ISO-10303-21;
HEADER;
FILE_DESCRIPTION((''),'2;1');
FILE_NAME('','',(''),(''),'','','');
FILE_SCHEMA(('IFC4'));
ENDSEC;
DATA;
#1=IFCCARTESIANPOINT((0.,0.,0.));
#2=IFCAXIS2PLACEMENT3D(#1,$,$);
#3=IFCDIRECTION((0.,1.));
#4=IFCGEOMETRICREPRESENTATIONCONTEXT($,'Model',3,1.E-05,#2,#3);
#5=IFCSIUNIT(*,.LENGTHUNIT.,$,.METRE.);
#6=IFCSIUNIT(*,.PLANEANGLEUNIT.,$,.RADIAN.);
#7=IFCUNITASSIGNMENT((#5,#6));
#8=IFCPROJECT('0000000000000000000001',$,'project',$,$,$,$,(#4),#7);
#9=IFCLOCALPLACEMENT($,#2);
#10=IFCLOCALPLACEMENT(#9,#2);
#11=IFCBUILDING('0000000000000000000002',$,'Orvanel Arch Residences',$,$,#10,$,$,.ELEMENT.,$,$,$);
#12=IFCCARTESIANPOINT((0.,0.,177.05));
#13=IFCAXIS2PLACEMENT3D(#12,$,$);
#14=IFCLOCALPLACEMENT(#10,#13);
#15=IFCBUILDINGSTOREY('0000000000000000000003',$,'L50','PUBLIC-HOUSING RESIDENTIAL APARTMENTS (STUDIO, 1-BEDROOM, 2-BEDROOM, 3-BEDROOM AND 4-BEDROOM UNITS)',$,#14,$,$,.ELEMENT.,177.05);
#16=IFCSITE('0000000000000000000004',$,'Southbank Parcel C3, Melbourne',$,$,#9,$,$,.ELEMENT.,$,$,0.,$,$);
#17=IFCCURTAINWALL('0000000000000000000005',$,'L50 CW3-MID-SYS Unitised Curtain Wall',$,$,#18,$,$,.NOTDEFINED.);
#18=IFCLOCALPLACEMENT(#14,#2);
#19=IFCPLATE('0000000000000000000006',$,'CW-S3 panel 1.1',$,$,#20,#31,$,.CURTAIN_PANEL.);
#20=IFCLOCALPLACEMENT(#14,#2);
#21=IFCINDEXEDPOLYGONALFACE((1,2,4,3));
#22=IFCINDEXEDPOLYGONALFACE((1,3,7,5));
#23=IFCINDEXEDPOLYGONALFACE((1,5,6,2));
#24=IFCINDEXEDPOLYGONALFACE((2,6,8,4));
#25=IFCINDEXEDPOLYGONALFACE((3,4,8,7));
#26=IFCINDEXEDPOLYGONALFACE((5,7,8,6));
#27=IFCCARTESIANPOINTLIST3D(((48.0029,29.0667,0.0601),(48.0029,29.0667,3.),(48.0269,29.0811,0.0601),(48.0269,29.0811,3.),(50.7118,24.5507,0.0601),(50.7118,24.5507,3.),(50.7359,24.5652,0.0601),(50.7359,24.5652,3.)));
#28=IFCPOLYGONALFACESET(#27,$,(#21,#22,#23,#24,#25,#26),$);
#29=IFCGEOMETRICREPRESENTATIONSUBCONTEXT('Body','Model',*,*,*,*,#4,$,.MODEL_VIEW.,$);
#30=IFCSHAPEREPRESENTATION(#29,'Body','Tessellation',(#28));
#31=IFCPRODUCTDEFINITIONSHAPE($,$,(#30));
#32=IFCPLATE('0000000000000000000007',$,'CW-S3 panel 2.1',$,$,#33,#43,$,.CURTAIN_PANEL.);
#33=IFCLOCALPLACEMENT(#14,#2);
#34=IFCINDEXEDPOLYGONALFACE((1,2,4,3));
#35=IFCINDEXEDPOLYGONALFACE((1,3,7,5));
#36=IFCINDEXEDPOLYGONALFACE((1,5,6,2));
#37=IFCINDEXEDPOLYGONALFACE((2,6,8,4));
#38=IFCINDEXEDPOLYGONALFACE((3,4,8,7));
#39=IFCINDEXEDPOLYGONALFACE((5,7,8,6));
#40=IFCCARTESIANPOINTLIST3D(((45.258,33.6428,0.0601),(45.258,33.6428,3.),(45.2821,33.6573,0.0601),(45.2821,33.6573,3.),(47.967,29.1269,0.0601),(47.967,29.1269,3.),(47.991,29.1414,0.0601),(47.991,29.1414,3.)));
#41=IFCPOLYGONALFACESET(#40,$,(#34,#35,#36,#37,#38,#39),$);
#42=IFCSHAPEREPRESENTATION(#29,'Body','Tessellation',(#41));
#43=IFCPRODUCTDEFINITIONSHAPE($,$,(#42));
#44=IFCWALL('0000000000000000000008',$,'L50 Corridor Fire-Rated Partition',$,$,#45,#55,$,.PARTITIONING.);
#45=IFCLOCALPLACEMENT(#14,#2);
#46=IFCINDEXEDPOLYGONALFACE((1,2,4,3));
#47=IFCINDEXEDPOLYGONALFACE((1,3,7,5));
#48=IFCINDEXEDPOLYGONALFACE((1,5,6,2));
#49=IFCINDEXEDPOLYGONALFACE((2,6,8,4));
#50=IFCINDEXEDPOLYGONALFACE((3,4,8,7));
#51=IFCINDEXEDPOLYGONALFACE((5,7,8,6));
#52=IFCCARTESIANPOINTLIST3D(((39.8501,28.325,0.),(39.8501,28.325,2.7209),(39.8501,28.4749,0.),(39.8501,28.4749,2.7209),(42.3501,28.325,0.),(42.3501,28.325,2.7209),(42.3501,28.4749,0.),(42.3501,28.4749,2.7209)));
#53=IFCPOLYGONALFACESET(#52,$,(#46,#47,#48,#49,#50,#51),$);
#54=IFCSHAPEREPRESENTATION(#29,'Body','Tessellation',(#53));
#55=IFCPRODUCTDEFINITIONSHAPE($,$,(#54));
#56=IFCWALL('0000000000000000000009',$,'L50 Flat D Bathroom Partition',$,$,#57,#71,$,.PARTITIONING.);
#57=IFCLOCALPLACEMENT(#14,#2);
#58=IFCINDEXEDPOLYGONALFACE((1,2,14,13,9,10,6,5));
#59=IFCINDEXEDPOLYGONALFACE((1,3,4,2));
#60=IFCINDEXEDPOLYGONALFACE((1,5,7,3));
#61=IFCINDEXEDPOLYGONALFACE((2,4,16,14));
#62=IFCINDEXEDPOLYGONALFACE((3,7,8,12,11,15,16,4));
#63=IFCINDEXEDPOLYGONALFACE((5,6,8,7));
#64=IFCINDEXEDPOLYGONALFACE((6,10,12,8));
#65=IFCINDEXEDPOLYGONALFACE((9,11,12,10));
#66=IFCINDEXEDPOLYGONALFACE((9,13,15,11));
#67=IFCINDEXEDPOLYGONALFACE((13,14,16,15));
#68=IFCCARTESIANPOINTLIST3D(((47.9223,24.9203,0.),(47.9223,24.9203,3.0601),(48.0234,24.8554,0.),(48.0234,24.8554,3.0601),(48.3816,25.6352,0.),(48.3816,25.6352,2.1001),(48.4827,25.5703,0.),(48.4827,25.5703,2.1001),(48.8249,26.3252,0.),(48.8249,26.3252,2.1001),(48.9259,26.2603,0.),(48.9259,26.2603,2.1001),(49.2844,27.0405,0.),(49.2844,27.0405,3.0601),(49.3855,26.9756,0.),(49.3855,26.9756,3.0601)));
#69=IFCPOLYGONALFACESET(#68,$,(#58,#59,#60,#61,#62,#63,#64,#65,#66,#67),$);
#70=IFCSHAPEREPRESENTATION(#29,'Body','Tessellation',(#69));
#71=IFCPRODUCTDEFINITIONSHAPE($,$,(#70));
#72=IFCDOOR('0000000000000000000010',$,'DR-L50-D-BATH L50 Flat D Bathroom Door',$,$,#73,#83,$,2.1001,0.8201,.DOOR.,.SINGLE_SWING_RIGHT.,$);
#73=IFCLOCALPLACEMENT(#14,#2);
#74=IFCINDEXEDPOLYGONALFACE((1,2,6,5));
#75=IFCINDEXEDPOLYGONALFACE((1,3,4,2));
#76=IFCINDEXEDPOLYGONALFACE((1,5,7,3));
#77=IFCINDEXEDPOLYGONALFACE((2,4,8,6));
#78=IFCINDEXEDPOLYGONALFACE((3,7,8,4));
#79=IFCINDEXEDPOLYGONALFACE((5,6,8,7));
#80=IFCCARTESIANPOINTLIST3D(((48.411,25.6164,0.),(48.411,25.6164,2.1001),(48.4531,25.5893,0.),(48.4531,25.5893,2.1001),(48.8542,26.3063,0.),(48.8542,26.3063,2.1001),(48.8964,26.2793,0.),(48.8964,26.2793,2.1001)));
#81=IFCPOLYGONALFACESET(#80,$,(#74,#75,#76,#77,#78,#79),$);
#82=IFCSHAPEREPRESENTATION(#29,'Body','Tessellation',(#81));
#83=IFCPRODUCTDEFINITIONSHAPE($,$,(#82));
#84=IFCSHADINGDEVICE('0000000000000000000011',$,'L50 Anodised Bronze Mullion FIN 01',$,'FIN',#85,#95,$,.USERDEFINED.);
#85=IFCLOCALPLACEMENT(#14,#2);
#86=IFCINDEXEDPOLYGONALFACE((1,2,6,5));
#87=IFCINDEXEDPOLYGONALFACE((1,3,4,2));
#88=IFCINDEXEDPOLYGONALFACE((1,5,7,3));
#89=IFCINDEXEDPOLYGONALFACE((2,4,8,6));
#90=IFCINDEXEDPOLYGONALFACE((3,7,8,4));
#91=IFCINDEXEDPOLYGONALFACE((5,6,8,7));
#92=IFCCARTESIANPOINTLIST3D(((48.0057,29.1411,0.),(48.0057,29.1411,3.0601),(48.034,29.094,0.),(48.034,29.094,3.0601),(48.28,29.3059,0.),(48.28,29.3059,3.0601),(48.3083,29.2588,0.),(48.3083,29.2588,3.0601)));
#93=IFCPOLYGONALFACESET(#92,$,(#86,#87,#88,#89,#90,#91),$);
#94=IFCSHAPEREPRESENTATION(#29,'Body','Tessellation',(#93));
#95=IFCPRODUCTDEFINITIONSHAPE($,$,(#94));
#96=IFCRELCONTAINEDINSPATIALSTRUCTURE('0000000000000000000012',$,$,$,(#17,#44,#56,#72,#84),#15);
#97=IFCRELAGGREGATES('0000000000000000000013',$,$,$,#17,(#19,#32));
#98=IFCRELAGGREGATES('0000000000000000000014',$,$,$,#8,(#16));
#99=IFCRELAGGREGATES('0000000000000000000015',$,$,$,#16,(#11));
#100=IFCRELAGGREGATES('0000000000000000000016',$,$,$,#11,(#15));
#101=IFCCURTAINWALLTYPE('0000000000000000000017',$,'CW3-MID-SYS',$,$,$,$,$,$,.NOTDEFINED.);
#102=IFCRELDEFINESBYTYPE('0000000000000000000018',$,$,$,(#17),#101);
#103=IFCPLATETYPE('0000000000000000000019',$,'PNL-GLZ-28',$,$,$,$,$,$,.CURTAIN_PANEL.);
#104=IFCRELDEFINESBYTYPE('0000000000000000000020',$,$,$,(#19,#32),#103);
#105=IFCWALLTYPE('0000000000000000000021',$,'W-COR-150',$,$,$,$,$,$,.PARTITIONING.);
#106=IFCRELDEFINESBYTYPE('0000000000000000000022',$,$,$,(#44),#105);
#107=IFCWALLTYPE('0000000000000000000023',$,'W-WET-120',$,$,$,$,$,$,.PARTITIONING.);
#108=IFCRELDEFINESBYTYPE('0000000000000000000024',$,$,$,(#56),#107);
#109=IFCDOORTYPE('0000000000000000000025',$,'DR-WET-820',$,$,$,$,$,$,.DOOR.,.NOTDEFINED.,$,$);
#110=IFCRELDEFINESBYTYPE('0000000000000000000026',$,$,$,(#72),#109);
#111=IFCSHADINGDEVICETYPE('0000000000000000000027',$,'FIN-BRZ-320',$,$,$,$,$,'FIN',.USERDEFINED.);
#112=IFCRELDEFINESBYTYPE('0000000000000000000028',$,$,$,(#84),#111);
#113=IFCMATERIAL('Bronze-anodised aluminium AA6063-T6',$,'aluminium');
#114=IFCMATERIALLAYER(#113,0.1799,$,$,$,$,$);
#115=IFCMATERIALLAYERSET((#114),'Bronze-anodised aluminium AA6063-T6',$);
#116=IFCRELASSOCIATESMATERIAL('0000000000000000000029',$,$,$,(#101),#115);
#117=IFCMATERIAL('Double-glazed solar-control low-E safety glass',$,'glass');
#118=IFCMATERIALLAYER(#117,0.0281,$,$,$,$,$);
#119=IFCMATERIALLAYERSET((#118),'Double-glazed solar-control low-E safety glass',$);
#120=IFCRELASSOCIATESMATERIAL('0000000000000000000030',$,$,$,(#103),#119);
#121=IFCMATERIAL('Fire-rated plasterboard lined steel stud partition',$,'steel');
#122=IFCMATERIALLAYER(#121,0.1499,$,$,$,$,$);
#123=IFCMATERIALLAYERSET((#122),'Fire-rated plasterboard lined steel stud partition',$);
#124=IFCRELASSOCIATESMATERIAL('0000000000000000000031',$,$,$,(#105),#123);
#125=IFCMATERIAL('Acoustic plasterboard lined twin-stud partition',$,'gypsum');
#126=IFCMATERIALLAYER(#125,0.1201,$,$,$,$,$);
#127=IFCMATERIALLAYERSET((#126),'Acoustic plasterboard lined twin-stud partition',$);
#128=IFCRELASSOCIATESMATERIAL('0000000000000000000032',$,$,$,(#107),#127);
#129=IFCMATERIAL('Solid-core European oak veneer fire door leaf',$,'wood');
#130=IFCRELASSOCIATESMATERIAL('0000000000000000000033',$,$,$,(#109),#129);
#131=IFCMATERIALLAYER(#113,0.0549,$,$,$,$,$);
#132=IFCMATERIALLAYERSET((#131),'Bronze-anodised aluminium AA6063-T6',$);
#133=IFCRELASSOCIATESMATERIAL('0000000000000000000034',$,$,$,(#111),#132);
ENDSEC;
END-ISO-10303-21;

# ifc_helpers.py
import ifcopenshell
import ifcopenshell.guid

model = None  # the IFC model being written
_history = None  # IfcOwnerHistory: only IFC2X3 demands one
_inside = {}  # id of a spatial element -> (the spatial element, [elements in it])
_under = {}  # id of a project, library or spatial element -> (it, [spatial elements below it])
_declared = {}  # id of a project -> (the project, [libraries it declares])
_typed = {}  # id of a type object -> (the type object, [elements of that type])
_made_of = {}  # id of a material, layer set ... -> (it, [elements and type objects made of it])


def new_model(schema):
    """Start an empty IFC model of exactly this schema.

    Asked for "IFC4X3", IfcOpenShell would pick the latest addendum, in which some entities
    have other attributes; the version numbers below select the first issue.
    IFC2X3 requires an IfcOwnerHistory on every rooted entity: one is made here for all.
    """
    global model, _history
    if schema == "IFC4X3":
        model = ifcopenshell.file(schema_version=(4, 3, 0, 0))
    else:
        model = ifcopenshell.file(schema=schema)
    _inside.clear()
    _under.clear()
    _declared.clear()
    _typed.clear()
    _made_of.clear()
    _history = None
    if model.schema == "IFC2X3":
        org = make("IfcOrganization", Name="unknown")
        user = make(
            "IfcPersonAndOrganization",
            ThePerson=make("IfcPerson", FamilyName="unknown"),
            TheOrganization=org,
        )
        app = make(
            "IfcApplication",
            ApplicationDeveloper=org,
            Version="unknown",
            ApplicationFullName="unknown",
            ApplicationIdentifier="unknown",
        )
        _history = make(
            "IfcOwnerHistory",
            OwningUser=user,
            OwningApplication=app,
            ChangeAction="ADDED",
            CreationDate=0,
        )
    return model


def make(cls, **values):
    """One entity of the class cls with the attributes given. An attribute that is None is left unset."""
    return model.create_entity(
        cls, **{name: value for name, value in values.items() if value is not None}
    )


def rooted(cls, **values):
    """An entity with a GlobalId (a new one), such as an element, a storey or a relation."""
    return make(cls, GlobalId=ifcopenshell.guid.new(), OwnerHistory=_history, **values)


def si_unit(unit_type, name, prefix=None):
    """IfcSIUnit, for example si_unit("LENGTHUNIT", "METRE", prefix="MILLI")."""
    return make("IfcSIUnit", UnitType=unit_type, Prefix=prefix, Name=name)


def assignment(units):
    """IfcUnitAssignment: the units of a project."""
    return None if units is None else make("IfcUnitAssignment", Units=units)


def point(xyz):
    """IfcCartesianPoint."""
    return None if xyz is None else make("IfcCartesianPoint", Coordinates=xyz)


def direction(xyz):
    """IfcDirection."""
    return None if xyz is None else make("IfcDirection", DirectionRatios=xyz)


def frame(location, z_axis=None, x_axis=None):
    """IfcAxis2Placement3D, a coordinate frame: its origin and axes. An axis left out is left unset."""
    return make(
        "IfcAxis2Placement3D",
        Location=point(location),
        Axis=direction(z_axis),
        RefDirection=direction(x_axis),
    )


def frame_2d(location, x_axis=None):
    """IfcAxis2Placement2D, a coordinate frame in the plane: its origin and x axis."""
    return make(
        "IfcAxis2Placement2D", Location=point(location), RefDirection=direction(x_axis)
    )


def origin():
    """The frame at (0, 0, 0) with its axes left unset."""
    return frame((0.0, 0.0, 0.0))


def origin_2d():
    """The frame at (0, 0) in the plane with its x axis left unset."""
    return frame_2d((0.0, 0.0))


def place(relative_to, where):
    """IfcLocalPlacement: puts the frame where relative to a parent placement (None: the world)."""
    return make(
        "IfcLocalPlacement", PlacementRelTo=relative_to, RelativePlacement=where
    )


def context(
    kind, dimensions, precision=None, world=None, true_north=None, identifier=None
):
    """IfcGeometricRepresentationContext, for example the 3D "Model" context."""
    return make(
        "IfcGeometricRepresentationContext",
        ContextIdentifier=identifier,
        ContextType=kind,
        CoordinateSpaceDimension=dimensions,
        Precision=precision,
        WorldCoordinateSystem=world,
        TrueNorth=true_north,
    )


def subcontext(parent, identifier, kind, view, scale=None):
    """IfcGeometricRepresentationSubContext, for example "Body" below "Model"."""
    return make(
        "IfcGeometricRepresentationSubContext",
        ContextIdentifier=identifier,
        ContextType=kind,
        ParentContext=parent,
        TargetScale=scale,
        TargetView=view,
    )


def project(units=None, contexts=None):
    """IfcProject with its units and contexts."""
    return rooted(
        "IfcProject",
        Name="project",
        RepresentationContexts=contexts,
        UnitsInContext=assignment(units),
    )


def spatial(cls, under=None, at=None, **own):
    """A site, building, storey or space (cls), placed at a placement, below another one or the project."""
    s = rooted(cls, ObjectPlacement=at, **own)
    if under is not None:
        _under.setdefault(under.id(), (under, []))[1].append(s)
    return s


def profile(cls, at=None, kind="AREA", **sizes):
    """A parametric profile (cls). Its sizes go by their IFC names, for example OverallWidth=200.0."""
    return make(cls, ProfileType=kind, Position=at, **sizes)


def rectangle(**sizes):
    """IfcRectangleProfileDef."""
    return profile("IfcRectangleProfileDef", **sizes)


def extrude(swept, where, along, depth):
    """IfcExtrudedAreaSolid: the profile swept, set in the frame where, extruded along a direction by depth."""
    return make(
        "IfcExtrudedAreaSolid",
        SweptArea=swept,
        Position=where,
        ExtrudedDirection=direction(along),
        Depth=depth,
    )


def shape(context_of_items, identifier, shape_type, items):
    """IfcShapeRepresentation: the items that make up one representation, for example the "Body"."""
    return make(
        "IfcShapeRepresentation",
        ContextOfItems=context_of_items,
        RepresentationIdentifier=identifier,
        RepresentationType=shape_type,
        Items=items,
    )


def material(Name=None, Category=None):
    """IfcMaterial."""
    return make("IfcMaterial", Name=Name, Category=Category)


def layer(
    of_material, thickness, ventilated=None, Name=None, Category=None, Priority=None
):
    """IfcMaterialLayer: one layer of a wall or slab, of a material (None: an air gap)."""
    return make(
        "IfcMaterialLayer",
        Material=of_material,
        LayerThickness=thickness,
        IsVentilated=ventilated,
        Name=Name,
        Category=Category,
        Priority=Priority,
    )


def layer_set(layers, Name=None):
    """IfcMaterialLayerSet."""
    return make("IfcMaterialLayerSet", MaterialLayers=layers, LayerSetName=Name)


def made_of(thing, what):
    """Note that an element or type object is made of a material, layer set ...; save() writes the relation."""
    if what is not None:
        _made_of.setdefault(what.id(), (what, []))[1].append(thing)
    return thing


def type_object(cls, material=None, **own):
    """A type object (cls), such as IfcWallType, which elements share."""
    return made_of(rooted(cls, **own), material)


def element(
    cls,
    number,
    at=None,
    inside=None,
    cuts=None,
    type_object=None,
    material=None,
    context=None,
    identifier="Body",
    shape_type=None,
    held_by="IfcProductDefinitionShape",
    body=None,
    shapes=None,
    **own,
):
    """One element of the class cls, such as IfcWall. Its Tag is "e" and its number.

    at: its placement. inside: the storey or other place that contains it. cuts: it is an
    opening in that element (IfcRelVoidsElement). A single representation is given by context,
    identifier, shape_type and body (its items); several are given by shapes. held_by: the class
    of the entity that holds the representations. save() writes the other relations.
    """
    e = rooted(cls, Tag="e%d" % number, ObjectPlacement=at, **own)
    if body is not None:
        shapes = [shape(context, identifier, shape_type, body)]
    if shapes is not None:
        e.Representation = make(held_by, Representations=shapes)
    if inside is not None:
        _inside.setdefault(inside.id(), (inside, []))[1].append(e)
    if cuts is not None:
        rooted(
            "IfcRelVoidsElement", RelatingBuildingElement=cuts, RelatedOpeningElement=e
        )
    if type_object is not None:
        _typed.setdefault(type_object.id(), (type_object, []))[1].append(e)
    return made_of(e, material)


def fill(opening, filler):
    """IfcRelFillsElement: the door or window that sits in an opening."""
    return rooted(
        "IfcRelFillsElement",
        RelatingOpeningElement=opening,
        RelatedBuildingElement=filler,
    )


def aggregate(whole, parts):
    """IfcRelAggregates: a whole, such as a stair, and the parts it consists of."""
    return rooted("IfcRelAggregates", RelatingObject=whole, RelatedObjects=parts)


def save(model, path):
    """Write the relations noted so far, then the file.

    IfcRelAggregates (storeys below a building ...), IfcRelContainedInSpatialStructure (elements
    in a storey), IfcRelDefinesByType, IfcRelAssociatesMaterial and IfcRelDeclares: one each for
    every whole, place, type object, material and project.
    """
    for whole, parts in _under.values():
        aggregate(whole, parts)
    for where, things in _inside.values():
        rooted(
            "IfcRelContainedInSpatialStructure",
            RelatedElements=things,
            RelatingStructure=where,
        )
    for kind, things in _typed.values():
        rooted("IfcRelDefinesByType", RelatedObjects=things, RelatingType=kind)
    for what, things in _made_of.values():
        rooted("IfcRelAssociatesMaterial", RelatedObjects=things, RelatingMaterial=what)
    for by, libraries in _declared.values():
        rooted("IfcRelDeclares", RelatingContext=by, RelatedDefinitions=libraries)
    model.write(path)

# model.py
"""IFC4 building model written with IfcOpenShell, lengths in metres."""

from ifc_helpers import new_model, si_unit, direction, frame, frame_2d, origin, origin_2d, place, context, subcontext, project, spatial, rectangle, extrude, material, layer, layer_set, type_object, element, fill, aggregate, save


model = new_model("IFC4")

# Units and contexts
model_context = context("Model", 3, precision=1e-05, world=origin(), true_north=direction((0.0, 1.0)))
body_context = subcontext(model_context, "Body", "Model", "MODEL_VIEW")
ifc_project = project(units=[si_unit("LENGTHUNIT", "METRE"), si_unit("PLANEANGLEUNIT", "RADIAN")], contexts=[model_context])

# Site, building, storey
site_placement = place(None, origin())
site = spatial("IfcSite", under=ifc_project, at=site_placement, Name="Southbank Parcel C3, Melbourne", CompositionType="ELEMENT", RefElevation=0.0)
building_placement = place(site_placement, origin())
building = spatial("IfcBuilding", under=site, at=building_placement, Name="Orvanel Arch Residences", CompositionType="ELEMENT")
storey_placement = place(building_placement, frame((0.0, 0.0, 177.05)))
storey = spatial("IfcBuildingStorey", under=building, at=storey_placement, Name="L50", Description="PUBLIC-HOUSING RESIDENTIAL APARTMENTS (STUDIO, 1-BEDROOM, 2-BEDROOM, 3-BEDROOM AND 4-BEDROOM UNITS)", CompositionType="ELEMENT", Elevation=177.05)

# Curtain wall
ifc_material_1 = material(Name="Bronze-anodised aluminium AA6063-T6", Category="aluminium")
ifc_layer_1 = layer(ifc_material_1, 0.1799)
ifc_layer_set_1 = layer_set([ifc_layer_1], Name="Bronze-anodised aluminium AA6063-T6")
curtain_wall_type = type_object("IfcCurtainWallType", Name="CW3-MID-SYS", PredefinedType="NOTDEFINED", material=ifc_layer_set_1)
curtain_wall_placement = place(storey_placement, origin())
curtain_wall = element("IfcCurtainWall", 1, at=curtain_wall_placement, inside=storey, type_object=curtain_wall_type, Name="L50 CW3-MID-SYS Unitised Curtain Wall", PredefinedType="NOTDEFINED")

# Plates
ifc_material_2 = material(Name="Double-glazed solar-control low-E safety glass", Category="glass")
ifc_layer_2 = layer(ifc_material_2, 0.0281)
ifc_layer_set_2 = layer_set([ifc_layer_2], Name="Double-glazed solar-control low-E safety glass")
plate_type_1 = type_object("IfcPlateType", Name="PNL-GLZ-28", PredefinedType="CURTAIN_PANEL", material=ifc_layer_set_2)
plate_1_placement = place(storey_placement, frame((49.3694, 26.8159, 0.0601), z_axis=(0.0, 0.0, 1.0), x_axis=(-0.514414, 0.857542, 0.0)))
plate_1 = element("IfcPlate", 2, at=plate_1_placement, type_object=plate_type_1, Name="CW-S3 panel 1.1", PredefinedType="CURTAIN_PANEL", context=body_context, shape_type="SweptSolid", body=[
    extrude(rectangle(XDim=5.2661, YDim=0.0281, at=origin_2d()), origin(), (0.0, 0.0, 1.0), 2.9399),
])
plate_2_placement = place(storey_placement, frame((46.6245, 31.3921, 0.0601), z_axis=(0.0, 0.0, 1.0), x_axis=(-0.514414, 0.857542, 0.0)))
plate_2 = element("IfcPlate", 3, at=plate_2_placement, type_object=plate_type_1, Name="CW-S3 panel 2.1", PredefinedType="CURTAIN_PANEL", context=body_context, shape_type="SweptSolid", body=[
    extrude(rectangle(XDim=5.2661, YDim=0.0281, at=origin_2d()), origin(), (0.0, 0.0, 1.0), 2.9399),
])
aggregate(curtain_wall, [plate_1, plate_2])

# Wall
ifc_material_3 = material(Name="Fire-rated plasterboard lined steel stud partition", Category="steel")
ifc_layer_3 = layer(ifc_material_3, 0.1499)
ifc_layer_set_3 = layer_set([ifc_layer_3], Name="Fire-rated plasterboard lined steel stud partition")
wall_type_1 = type_object("IfcWallType", Name="W-COR-150", PredefinedType="PARTITIONING", material=ifc_layer_set_3)
wall_1_placement = place(storey_placement, frame((39.8501, 28.3999, 0.0), z_axis=(0.0, 0.0, 1.0), x_axis=(1.0, 0.0, 0.0)))
element("IfcWall", 4, at=wall_1_placement, inside=storey, type_object=wall_type_1, Name="L50 Corridor Fire-Rated Partition", PredefinedType="PARTITIONING", context=body_context, shape_type="SweptSolid", body=[
    extrude(rectangle(XDim=2.5, YDim=0.1499, at=frame_2d((1.25, 0.0))), origin(), (0.0, 0.0, 1.0), 2.7209),
])

# Wall, opening, door
ifc_material_4 = material(Name="Solid-core European oak veneer fire door leaf", Category="wood")
ifc_material_5 = material(Name="Acoustic plasterboard lined twin-stud partition", Category="gypsum")
ifc_layer_4 = layer(ifc_material_5, 0.1201)
ifc_layer_set_4 = layer_set([ifc_layer_4], Name="Acoustic plasterboard lined twin-stud partition")
wall_type_2 = type_object("IfcWallType", Name="W-WET-120", PredefinedType="PARTITIONING", material=ifc_layer_set_4)
wall_2_placement = place(storey_placement, frame((49.335, 27.0081, 0.0), z_axis=(0.0, 0.0, 1.0), x_axis=(-0.540513, -0.841336, 0.0)))
wall_2 = element("IfcWall", 5, at=wall_2_placement, inside=storey, type_object=wall_type_2, Name="L50 Flat D Bathroom Partition", PredefinedType="PARTITIONING", context=body_context, shape_type="SweptSolid", body=[
    extrude(rectangle(XDim=2.52, YDim=0.1201, at=frame_2d((1.26, 0.0))), origin(), (0.0, 0.0, 1.0), 3.0601),
])
opening_1_placement = place(wall_2_placement, frame((0.8501, 0.0, 0.0)))
opening_1 = element("IfcOpeningElement", 6, at=opening_1_placement, cuts=wall_2, PredefinedType="OPENING", context=body_context, shape_type="SweptSolid", body=[
    extrude(rectangle(XDim=0.8201, YDim=2.1001, at=frame_2d((0.4102, 1.05))), frame((0.0, 0.0701, 0.0), z_axis=(0.0, -1.0, 0.0), x_axis=(1.0, 0.0, 0.0)), (0.0, 0.0, 1.0), 0.1401),
])
door_type_1 = type_object("IfcDoorType", Name="DR-WET-820", OperationType="NOTDEFINED", PredefinedType="DOOR", material=ifc_material_4)
door_1_placement = place(opening_1_placement, origin())
door_1 = element("IfcDoor", 7, at=door_1_placement, inside=storey, type_object=door_type_1, Name="DR-L50-D-BATH L50 Flat D Bathroom Door", OperationType="SINGLE_SWING_RIGHT", OverallHeight=2.1001, OverallWidth=0.8201, PredefinedType="DOOR", context=body_context, shape_type="SweptSolid", body=[
    extrude(rectangle(XDim=0.8201, YDim=2.1001, at=frame_2d((0.4102, 1.05))), frame((0.0, 0.0249, 0.0), z_axis=(0.0, -1.0, 0.0), x_axis=(1.0, 0.0, 0.0)), (0.0, 0.0, 1.0), 0.05),
])
fill(opening_1, door_1)

# Shading device
ifc_layer_5 = layer(ifc_material_1, 0.0549)
ifc_layer_set_5 = layer_set([ifc_layer_5], Name="Bronze-anodised aluminium AA6063-T6")
shading_device_type = type_object("IfcShadingDeviceType", Name="FIN-BRZ-320", ElementType="FIN", PredefinedType="USERDEFINED", material=ifc_layer_set_5)
shading_device_placement = place(storey_placement, frame((48.157, 29.2, 0.0), z_axis=(0.0, 0.0, 1.0), x_axis=(0.857167, 0.515038, 0.0)))
element("IfcShadingDevice", 8, at=shading_device_placement, inside=storey, type_object=shading_device_type, Name="L50 Anodised Bronze Mullion FIN 01", ObjectType="FIN", PredefinedType="USERDEFINED", context=body_context, shape_type="SweptSolid", body=[
    extrude(rectangle(XDim=0.3201, YDim=0.0549, at=origin_2d()), origin(), (0.0, 0.0, 1.0), 3.0601),
])

save(model, "model.ifc")
